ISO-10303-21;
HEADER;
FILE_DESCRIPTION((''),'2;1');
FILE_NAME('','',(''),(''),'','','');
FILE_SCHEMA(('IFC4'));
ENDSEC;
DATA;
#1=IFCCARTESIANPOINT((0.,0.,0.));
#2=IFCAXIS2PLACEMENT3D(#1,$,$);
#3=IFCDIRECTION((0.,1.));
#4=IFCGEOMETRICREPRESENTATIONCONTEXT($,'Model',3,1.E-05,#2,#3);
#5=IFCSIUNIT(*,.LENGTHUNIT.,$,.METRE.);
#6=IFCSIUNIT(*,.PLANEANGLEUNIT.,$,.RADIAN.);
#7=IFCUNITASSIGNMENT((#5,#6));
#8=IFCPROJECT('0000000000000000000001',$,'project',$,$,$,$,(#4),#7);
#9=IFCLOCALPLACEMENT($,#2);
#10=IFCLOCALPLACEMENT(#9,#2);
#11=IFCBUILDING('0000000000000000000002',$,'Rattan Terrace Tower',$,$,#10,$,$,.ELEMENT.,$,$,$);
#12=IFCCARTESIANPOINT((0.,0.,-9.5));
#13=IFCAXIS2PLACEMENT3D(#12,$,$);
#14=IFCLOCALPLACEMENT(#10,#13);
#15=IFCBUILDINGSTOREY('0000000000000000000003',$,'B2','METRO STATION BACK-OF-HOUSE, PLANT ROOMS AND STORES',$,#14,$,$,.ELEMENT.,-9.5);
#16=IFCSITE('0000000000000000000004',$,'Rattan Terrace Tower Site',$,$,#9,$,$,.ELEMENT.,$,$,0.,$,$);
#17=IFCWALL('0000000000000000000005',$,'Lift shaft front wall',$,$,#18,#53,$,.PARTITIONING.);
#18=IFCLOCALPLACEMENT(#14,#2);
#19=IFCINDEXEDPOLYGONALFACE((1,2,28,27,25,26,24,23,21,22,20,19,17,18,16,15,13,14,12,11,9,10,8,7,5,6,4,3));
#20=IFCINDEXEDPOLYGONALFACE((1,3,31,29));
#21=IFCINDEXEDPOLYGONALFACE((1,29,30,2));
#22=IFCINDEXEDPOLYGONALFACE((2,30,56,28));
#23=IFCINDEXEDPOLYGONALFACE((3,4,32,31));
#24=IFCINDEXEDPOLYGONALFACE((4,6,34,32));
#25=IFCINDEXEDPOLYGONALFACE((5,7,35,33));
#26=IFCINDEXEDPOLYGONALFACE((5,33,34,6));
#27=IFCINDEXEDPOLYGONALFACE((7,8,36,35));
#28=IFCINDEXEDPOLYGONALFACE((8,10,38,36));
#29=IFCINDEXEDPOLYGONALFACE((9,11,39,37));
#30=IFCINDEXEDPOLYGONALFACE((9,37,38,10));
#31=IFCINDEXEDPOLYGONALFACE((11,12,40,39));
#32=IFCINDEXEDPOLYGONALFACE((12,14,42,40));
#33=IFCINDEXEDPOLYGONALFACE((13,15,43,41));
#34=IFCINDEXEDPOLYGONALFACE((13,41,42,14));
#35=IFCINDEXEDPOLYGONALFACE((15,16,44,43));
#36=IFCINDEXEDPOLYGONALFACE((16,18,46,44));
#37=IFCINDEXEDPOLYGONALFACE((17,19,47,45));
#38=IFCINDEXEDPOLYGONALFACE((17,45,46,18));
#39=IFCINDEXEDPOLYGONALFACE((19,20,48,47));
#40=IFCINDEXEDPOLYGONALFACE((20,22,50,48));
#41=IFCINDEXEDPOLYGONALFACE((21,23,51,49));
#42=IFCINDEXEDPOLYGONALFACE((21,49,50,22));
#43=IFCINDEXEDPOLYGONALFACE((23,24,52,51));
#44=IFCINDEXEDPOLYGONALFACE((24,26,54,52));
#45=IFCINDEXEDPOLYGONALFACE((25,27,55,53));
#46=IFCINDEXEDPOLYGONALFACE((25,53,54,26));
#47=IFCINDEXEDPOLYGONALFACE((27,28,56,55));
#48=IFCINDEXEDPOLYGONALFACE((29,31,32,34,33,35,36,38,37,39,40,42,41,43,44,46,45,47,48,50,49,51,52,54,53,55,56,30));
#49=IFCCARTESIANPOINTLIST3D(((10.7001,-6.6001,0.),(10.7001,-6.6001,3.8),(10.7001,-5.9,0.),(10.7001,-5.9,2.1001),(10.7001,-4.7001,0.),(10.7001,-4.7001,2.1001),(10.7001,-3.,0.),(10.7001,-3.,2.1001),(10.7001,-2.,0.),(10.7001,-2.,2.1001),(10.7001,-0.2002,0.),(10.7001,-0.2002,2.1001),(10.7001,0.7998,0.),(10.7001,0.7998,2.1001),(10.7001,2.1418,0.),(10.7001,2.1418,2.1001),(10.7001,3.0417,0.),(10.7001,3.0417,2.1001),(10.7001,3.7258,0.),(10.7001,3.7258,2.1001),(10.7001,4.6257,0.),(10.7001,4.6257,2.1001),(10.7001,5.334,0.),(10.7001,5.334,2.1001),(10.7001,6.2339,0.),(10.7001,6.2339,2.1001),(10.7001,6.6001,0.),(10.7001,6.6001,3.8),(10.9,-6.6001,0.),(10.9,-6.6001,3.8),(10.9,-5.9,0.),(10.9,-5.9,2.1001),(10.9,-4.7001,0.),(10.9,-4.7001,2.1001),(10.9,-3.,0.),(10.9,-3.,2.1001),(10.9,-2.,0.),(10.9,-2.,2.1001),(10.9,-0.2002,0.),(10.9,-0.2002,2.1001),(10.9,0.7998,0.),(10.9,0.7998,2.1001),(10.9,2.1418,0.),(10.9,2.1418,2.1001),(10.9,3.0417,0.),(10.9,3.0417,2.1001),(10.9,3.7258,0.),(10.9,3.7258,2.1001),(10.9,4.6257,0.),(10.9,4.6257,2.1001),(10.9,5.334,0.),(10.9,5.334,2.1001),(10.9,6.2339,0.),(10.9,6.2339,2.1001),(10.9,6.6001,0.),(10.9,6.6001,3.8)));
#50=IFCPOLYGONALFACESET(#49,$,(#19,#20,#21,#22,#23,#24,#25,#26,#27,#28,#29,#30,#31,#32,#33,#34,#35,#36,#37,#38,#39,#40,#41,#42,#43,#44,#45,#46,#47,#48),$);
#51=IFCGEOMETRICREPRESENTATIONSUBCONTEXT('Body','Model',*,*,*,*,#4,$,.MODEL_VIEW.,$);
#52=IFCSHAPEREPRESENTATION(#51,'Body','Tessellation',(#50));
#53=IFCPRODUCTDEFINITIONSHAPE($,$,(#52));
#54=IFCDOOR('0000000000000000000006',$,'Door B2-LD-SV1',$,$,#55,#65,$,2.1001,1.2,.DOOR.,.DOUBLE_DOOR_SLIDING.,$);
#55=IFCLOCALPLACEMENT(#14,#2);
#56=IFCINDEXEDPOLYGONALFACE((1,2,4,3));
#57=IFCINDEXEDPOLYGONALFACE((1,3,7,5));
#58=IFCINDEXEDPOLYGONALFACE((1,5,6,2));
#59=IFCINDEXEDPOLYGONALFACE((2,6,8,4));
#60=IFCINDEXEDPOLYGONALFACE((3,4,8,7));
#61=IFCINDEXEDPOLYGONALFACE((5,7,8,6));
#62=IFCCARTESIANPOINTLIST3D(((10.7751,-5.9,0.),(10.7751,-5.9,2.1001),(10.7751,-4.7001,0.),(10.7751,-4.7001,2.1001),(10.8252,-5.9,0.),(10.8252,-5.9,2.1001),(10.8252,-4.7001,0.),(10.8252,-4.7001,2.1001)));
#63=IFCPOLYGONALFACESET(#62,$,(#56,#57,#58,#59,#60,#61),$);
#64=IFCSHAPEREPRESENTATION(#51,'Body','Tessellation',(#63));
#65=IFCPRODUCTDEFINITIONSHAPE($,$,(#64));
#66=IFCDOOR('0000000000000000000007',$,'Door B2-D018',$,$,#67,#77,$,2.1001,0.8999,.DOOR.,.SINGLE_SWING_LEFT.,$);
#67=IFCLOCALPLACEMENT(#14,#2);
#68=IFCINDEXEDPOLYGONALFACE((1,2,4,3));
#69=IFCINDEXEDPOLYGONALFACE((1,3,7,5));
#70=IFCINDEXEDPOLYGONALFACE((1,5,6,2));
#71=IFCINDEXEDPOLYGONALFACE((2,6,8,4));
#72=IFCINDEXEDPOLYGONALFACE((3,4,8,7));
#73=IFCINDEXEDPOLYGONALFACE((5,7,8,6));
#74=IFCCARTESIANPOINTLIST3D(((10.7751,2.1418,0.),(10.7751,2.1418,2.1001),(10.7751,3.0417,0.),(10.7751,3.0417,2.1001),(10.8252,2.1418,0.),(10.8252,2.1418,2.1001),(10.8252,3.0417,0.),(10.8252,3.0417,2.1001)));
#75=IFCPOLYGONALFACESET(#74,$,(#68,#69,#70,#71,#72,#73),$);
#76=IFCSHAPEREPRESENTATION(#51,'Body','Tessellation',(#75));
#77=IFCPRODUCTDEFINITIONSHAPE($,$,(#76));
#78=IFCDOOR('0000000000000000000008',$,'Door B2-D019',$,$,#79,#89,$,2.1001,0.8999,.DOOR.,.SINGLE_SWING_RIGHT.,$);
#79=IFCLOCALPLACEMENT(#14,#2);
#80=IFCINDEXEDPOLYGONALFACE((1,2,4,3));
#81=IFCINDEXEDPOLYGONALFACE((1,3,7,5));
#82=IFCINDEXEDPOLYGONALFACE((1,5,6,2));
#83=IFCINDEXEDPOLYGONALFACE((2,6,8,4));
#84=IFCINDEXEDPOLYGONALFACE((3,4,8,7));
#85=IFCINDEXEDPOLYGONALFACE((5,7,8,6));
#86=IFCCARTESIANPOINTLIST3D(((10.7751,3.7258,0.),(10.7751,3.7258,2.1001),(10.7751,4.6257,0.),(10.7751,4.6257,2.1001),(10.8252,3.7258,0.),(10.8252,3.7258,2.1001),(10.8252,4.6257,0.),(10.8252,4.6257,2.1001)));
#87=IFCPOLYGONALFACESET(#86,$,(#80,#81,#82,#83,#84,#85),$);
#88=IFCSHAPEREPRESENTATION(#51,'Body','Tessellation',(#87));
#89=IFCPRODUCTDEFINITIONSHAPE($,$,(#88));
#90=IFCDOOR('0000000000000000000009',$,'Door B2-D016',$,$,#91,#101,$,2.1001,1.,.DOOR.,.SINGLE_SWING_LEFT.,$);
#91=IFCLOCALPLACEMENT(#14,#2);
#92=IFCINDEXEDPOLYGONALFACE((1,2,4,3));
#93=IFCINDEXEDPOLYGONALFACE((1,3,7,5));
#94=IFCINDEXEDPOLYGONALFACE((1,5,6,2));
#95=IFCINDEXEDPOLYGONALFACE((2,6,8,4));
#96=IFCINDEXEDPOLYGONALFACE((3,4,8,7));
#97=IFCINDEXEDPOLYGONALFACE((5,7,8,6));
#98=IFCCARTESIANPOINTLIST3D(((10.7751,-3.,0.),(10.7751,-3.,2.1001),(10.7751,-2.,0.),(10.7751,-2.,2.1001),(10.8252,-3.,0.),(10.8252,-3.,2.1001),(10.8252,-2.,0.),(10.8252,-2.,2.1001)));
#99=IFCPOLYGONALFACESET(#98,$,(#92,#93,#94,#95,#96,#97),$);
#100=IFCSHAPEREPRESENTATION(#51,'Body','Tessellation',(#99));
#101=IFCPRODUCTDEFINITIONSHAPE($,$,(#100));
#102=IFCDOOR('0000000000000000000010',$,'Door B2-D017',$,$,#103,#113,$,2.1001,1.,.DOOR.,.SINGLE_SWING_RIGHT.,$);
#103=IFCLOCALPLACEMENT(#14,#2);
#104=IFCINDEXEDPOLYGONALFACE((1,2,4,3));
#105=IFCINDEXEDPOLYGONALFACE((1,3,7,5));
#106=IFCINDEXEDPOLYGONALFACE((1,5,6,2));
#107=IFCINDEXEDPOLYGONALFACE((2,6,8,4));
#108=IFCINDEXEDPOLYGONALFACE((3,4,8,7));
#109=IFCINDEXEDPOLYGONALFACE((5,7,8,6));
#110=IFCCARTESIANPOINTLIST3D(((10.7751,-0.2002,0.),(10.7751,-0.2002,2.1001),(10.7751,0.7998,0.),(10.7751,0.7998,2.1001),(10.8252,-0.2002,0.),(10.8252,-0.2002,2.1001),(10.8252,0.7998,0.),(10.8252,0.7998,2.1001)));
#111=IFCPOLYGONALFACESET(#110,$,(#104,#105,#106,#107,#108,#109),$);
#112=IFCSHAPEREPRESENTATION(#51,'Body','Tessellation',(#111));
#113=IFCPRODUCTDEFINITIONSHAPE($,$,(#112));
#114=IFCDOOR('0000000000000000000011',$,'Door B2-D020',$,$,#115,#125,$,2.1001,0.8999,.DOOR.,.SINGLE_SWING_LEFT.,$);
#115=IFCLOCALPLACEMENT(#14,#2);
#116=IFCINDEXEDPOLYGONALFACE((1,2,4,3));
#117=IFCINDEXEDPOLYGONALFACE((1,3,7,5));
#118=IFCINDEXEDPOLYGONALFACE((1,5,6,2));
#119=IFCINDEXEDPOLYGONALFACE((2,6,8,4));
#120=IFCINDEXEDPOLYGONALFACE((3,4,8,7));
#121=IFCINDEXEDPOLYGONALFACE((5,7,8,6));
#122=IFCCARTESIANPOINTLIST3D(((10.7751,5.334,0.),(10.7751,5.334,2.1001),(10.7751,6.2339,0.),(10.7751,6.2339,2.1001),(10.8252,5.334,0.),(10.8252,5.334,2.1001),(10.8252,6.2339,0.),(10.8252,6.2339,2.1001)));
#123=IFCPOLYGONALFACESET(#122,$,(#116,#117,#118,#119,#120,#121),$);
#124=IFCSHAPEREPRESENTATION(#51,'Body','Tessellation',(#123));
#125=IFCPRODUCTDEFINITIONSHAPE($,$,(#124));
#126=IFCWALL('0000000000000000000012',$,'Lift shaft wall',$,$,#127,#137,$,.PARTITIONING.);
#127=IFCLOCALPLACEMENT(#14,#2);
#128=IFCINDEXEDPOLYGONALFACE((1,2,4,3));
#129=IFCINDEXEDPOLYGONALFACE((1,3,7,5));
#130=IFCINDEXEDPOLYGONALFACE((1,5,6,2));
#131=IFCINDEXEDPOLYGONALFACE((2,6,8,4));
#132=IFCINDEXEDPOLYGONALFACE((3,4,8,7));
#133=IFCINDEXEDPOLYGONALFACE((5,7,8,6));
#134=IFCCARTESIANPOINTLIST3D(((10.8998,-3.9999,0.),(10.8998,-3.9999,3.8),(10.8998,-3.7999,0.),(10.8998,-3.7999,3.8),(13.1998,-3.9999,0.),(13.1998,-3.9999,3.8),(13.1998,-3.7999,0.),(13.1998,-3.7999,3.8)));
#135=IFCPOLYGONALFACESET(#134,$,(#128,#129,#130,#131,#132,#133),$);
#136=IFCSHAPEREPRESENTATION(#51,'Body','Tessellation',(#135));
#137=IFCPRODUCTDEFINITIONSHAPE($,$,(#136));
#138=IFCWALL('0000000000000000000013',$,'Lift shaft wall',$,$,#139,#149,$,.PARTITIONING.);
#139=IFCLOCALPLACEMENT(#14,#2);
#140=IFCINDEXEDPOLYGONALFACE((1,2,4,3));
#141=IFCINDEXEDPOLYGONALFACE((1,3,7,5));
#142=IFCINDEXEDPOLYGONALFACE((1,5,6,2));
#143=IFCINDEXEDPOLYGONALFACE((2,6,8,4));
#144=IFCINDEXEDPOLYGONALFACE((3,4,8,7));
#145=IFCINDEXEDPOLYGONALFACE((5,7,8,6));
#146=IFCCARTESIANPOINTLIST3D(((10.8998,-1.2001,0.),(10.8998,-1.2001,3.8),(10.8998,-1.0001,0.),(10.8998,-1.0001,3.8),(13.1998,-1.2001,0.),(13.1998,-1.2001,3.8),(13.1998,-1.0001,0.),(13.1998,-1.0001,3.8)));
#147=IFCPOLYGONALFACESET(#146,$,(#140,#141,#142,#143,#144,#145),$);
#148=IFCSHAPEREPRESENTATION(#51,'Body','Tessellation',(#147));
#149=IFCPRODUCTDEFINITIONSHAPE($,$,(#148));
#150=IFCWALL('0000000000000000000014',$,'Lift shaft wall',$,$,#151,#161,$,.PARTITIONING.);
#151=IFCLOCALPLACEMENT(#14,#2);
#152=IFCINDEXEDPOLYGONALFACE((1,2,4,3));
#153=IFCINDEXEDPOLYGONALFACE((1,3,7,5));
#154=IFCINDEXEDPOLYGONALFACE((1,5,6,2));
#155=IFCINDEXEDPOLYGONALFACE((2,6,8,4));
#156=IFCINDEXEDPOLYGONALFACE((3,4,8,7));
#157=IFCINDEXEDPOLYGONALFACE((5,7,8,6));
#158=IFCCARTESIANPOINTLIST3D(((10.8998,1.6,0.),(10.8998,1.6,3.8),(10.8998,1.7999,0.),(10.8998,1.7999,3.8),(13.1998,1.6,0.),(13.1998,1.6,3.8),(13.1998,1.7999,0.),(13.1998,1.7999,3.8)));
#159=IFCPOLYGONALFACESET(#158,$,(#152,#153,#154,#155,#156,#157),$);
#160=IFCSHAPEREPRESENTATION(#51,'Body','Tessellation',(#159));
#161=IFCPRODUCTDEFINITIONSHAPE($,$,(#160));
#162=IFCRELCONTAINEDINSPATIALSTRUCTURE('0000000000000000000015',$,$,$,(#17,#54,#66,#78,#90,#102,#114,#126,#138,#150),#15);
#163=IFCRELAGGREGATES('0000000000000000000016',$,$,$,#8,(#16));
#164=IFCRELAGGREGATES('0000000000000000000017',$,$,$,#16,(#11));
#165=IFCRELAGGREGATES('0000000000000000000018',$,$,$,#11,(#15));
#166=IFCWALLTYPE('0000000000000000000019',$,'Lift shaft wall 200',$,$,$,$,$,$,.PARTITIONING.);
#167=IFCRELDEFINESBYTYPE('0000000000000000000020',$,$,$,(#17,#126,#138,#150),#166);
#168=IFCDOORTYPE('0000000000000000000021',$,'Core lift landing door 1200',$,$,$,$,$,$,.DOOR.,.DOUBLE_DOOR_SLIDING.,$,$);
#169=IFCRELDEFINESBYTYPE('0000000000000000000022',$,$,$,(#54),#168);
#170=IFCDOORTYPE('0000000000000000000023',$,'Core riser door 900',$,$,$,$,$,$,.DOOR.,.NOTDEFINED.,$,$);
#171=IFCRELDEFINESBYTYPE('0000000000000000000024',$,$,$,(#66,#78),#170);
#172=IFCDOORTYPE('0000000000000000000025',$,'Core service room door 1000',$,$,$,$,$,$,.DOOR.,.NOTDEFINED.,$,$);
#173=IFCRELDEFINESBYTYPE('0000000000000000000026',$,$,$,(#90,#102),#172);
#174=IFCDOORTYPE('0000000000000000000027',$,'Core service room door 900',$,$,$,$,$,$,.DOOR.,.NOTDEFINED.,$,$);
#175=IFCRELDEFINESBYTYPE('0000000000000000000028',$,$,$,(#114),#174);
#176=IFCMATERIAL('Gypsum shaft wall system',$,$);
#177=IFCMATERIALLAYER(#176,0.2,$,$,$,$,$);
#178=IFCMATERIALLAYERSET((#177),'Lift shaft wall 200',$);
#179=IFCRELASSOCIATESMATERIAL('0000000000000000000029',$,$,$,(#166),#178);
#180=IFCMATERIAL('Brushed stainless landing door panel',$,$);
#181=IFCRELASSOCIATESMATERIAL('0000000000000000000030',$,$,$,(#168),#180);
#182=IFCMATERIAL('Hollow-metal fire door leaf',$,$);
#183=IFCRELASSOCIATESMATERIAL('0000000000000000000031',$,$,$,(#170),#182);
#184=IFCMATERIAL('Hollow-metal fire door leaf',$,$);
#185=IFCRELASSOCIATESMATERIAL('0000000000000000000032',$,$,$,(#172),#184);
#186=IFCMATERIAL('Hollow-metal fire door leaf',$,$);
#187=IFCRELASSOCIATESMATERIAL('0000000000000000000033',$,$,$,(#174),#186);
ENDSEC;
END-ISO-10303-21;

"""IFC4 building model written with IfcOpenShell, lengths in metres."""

from ifc_helpers import new_model, si_unit, direction, frame, frame_2d, origin, place, context, subcontext, project, spatial, rectangle, extrude, material, layer, layer_set, type_object, element, fill, save


model = new_model("IFC4")

# Units and contexts
model_context = context("Model", 3, precision=1e-05, world=origin(), true_north=direction((0.0, 1.0)))
body_context = subcontext(model_context, "Body", "Model", "MODEL_VIEW")
ifc_project = project(units=[si_unit("LENGTHUNIT", "METRE"), si_unit("PLANEANGLEUNIT", "RADIAN")], contexts=[model_context])

# Site, building, storey
site_placement = place(None, origin())
site = spatial("IfcSite", under=ifc_project, at=site_placement, Name="Rattan Terrace Tower Site", CompositionType="ELEMENT", RefElevation=0.0)
building_placement = place(site_placement, origin())
building = spatial("IfcBuilding", under=site, at=building_placement, Name="Rattan Terrace Tower", CompositionType="ELEMENT")
storey_placement = place(building_placement, frame((0.0, 0.0, -9.5)))
storey = spatial("IfcBuildingStorey", under=building, at=storey_placement, Name="B2", Description="METRO STATION BACK-OF-HOUSE, PLANT ROOMS AND STORES", CompositionType="ELEMENT", Elevation=-9.5)

# Wall, openings, doors
ifc_material_1 = material(Name="Gypsum shaft wall system")
ifc_layer_1 = layer(ifc_material_1, 0.2)
ifc_layer_set_1 = layer_set([ifc_layer_1], Name="Lift shaft wall 200")
wall_type_1 = type_object("IfcWallType", Name="Lift shaft wall 200", PredefinedType="PARTITIONING", material=ifc_layer_set_1)
wall_1_placement = place(storey_placement, frame((10.8, -6.6001, 0.0), z_axis=(0.0, 0.0, 1.0), x_axis=(0.0, 1.0, 0.0)))
wall_1 = element("IfcWall", 1, at=wall_1_placement, inside=storey, type_object=wall_type_1, Name="Lift shaft front wall", PredefinedType="PARTITIONING", context=body_context, shape_type="SweptSolid", body=[
    extrude(rectangle(XDim=13.2002, YDim=0.2, at=frame_2d((6.6001, 0.0))), origin(), (0.0, 0.0, 1.0), 3.8),
])
opening_1_placement = place(wall_1_placement, frame((0.7, 0.0, 0.0)))
opening_1 = element("IfcOpeningElement", 2, at=opening_1_placement, cuts=wall_1, PredefinedType="OPENING", context=body_context, shape_type="SweptSolid", body=[
    extrude(rectangle(XDim=1.2, YDim=2.1001, at=frame_2d((0.6001, 1.05))), frame((0.0, 0.1106, 0.0), z_axis=(0.0, -1.0, 0.0), x_axis=(1.0, 0.0, 0.0)), (0.0, 0.0, 1.0), 0.2209),
])
opening_2_placement = place(wall_1_placement, frame((3.6001, 0.0, 0.0)))
opening_2 = element("IfcOpeningElement", 3, at=opening_2_placement, cuts=wall_1, PredefinedType="OPENING", context=body_context, shape_type="SweptSolid", body=[
    extrude(rectangle(XDim=1.0, YDim=2.1001, at=frame_2d((0.5, 1.05))), frame((0.0, 0.1106, 0.0), z_axis=(0.0, -1.0, 0.0), x_axis=(1.0, 0.0, 0.0)), (0.0, 0.0, 1.0), 0.2209),
])
opening_3_placement = place(wall_1_placement, frame((6.3999, 0.0, 0.0)))
opening_3 = element("IfcOpeningElement", 4, at=opening_3_placement, cuts=wall_1, PredefinedType="OPENING", context=body_context, shape_type="SweptSolid", body=[
    extrude(rectangle(XDim=1.0, YDim=2.1001, at=frame_2d((0.5, 1.05))), frame((0.0, 0.1106, 0.0), z_axis=(0.0, -1.0, 0.0), x_axis=(1.0, 0.0, 0.0)), (0.0, 0.0, 1.0), 0.2209),
])
opening_4_placement = place(wall_1_placement, frame((8.7419, 0.0, 0.0)))
opening_4 = element("IfcOpeningElement", 5, at=opening_4_placement, cuts=wall_1, PredefinedType="OPENING", context=body_context, shape_type="SweptSolid", body=[
    extrude(rectangle(XDim=0.8999, YDim=2.1001, at=frame_2d((0.45, 1.05))), frame((0.0, 0.1106, 0.0), z_axis=(0.0, -1.0, 0.0), x_axis=(1.0, 0.0, 0.0)), (0.0, 0.0, 1.0), 0.2209),
])
opening_5_placement = place(wall_1_placement, frame((10.3259, 0.0, 0.0)))
opening_5 = element("IfcOpeningElement", 6, at=opening_5_placement, cuts=wall_1, PredefinedType="OPENING", context=body_context, shape_type="SweptSolid", body=[
    extrude(rectangle(XDim=0.8999, YDim=2.1001, at=frame_2d((0.45, 1.05))), frame((0.0, 0.1106, 0.0), z_axis=(0.0, -1.0, 0.0), x_axis=(1.0, 0.0, 0.0)), (0.0, 0.0, 1.0), 0.2209),
])
opening_6_placement = place(wall_1_placement, frame((11.9341, 0.0, 0.0)))
opening_6 = element("IfcOpeningElement", 7, at=opening_6_placement, cuts=wall_1, PredefinedType="OPENING", context=body_context, shape_type="SweptSolid", body=[
    extrude(rectangle(XDim=0.8999, YDim=2.1001, at=frame_2d((0.45, 1.05))), frame((0.0, 0.1106, 0.0), z_axis=(0.0, -1.0, 0.0), x_axis=(1.0, 0.0, 0.0)), (0.0, 0.0, 1.0), 0.2209),
])
ifc_material_2 = material(Name="Brushed stainless landing door panel")
door_type_1 = type_object("IfcDoorType", Name="Core lift landing door 1200", OperationType="DOUBLE_DOOR_SLIDING", PredefinedType="DOOR", material=ifc_material_2)
door_1_placement = place(opening_1_placement, origin())
door_1 = element("IfcDoor", 8, at=door_1_placement, inside=storey, type_object=door_type_1, Name="Door B2-LD-SV1", OperationType="DOUBLE_DOOR_SLIDING", OverallHeight=2.1001, OverallWidth=1.2, PredefinedType="DOOR", context=body_context, shape_type="SweptSolid", body=[
    extrude(rectangle(XDim=1.2, YDim=2.1001, at=frame_2d((0.6001, 1.05))), frame((0.0, 0.0249, 0.0), z_axis=(0.0, -1.0, 0.0), x_axis=(1.0, 0.0, 0.0)), (0.0, 0.0, 1.0), 0.05),
])
fill(opening_1, door_1)
ifc_material_3 = material(Name="Hollow-metal fire door leaf")
door_type_2 = type_object("IfcDoorType", Name="Core riser door 900", OperationType="NOTDEFINED", PredefinedType="DOOR", material=ifc_material_3)
door_2_placement = place(opening_4_placement, origin())
door_2 = element("IfcDoor", 9, at=door_2_placement, inside=storey, type_object=door_type_2, Name="Door B2-D018", OperationType="SINGLE_SWING_LEFT", OverallHeight=2.1001, OverallWidth=0.8999, PredefinedType="DOOR", context=body_context, shape_type="SweptSolid", body=[
    extrude(rectangle(XDim=0.8999, YDim=2.1001, at=frame_2d((0.45, 1.05))), frame((0.0, 0.0249, 0.0), z_axis=(0.0, -1.0, 0.0), x_axis=(1.0, 0.0, 0.0)), (0.0, 0.0, 1.0), 0.05),
])
fill(opening_4, door_2)
door_3_placement = place(opening_5_placement, origin())
door_3 = element("IfcDoor", 10, at=door_3_placement, inside=storey, type_object=door_type_2, Name="Door B2-D019", OperationType="SINGLE_SWING_RIGHT", OverallHeight=2.1001, OverallWidth=0.8999, PredefinedType="DOOR", context=body_context, shape_type="SweptSolid", body=[
    extrude(rectangle(XDim=0.8999, YDim=2.1001, at=frame_2d((0.45, 1.05))), frame((0.0, 0.0249, 0.0), z_axis=(0.0, -1.0, 0.0), x_axis=(1.0, 0.0, 0.0)), (0.0, 0.0, 1.0), 0.05),
])
fill(opening_5, door_3)
ifc_material_4 = material(Name="Hollow-metal fire door leaf")
door_type_3 = type_object("IfcDoorType", Name="Core service room door 1000", OperationType="NOTDEFINED", PredefinedType="DOOR", material=ifc_material_4)
door_4_placement = place(opening_2_placement, origin())
door_4 = element("IfcDoor", 11, at=door_4_placement, inside=storey, type_object=door_type_3, Name="Door B2-D016", OperationType="SINGLE_SWING_LEFT", OverallHeight=2.1001, OverallWidth=1.0, PredefinedType="DOOR", context=body_context, shape_type="SweptSolid", body=[
    extrude(rectangle(XDim=1.0, YDim=2.1001, at=frame_2d((0.5, 1.05))), frame((0.0, 0.0249, 0.0), z_axis=(0.0, -1.0, 0.0), x_axis=(1.0, 0.0, 0.0)), (0.0, 0.0, 1.0), 0.05),
])
fill(opening_2, door_4)
door_5_placement = place(opening_3_placement, origin())
door_5 = element("IfcDoor", 12, at=door_5_placement, inside=storey, type_object=door_type_3, Name="Door B2-D017", OperationType="SINGLE_SWING_RIGHT", OverallHeight=2.1001, OverallWidth=1.0, PredefinedType="DOOR", context=body_context, shape_type="SweptSolid", body=[
    extrude(rectangle(XDim=1.0, YDim=2.1001, at=frame_2d((0.5, 1.05))), frame((0.0, 0.0249, 0.0), z_axis=(0.0, -1.0, 0.0), x_axis=(1.0, 0.0, 0.0)), (0.0, 0.0, 1.0), 0.05),
])
fill(opening_3, door_5)
ifc_material_5 = material(Name="Hollow-metal fire door leaf")
door_type_4 = type_object("IfcDoorType", Name="Core service room door 900", OperationType="NOTDEFINED", PredefinedType="DOOR", material=ifc_material_5)
door_6_placement = place(opening_6_placement, origin())
door_6 = element("IfcDoor", 13, at=door_6_placement, inside=storey, type_object=door_type_4, Name="Door B2-D020", OperationType="SINGLE_SWING_LEFT", OverallHeight=2.1001, OverallWidth=0.8999, PredefinedType="DOOR", context=body_context, shape_type="SweptSolid", body=[
    extrude(rectangle(XDim=0.8999, YDim=2.1001, at=frame_2d((0.45, 1.05))), frame((0.0, 0.0249, 0.0), z_axis=(0.0, -1.0, 0.0), x_axis=(1.0, 0.0, 0.0)), (0.0, 0.0, 1.0), 0.05),
])
fill(opening_6, door_6)

# Walls
for number, where, z_axis, x_axis, name in (
    (14, (10.8999, -3.8999, 0.0), (0.0, 0.0, 1.0), (1.0, 0.0, 0.0), "Lift shaft wall"),
    (15, (10.8999, -1.1001, 0.0), (0.0, 0.0, 1.0), (1.0, 0.0, 0.0), "Lift shaft wall"),
    (16, (10.8999, 1.7, 0.0), (0.0, 0.0, 1.0), (1.0, 0.0, 0.0), "Lift shaft wall"),
):
    element("IfcWall", number, at=place(storey_placement, frame(where, z_axis=z_axis, x_axis=x_axis)), inside=storey, type_object=wall_type_1, Name=name, PredefinedType="PARTITIONING", context=body_context, shape_type="SweptSolid", body=[
        extrude(rectangle(XDim=2.3, YDim=0.2, at=frame_2d((1.1499, 0.0))), origin(), (0.0, 0.0, 1.0), 3.8),
    ])

save(model, "model.ifc")
